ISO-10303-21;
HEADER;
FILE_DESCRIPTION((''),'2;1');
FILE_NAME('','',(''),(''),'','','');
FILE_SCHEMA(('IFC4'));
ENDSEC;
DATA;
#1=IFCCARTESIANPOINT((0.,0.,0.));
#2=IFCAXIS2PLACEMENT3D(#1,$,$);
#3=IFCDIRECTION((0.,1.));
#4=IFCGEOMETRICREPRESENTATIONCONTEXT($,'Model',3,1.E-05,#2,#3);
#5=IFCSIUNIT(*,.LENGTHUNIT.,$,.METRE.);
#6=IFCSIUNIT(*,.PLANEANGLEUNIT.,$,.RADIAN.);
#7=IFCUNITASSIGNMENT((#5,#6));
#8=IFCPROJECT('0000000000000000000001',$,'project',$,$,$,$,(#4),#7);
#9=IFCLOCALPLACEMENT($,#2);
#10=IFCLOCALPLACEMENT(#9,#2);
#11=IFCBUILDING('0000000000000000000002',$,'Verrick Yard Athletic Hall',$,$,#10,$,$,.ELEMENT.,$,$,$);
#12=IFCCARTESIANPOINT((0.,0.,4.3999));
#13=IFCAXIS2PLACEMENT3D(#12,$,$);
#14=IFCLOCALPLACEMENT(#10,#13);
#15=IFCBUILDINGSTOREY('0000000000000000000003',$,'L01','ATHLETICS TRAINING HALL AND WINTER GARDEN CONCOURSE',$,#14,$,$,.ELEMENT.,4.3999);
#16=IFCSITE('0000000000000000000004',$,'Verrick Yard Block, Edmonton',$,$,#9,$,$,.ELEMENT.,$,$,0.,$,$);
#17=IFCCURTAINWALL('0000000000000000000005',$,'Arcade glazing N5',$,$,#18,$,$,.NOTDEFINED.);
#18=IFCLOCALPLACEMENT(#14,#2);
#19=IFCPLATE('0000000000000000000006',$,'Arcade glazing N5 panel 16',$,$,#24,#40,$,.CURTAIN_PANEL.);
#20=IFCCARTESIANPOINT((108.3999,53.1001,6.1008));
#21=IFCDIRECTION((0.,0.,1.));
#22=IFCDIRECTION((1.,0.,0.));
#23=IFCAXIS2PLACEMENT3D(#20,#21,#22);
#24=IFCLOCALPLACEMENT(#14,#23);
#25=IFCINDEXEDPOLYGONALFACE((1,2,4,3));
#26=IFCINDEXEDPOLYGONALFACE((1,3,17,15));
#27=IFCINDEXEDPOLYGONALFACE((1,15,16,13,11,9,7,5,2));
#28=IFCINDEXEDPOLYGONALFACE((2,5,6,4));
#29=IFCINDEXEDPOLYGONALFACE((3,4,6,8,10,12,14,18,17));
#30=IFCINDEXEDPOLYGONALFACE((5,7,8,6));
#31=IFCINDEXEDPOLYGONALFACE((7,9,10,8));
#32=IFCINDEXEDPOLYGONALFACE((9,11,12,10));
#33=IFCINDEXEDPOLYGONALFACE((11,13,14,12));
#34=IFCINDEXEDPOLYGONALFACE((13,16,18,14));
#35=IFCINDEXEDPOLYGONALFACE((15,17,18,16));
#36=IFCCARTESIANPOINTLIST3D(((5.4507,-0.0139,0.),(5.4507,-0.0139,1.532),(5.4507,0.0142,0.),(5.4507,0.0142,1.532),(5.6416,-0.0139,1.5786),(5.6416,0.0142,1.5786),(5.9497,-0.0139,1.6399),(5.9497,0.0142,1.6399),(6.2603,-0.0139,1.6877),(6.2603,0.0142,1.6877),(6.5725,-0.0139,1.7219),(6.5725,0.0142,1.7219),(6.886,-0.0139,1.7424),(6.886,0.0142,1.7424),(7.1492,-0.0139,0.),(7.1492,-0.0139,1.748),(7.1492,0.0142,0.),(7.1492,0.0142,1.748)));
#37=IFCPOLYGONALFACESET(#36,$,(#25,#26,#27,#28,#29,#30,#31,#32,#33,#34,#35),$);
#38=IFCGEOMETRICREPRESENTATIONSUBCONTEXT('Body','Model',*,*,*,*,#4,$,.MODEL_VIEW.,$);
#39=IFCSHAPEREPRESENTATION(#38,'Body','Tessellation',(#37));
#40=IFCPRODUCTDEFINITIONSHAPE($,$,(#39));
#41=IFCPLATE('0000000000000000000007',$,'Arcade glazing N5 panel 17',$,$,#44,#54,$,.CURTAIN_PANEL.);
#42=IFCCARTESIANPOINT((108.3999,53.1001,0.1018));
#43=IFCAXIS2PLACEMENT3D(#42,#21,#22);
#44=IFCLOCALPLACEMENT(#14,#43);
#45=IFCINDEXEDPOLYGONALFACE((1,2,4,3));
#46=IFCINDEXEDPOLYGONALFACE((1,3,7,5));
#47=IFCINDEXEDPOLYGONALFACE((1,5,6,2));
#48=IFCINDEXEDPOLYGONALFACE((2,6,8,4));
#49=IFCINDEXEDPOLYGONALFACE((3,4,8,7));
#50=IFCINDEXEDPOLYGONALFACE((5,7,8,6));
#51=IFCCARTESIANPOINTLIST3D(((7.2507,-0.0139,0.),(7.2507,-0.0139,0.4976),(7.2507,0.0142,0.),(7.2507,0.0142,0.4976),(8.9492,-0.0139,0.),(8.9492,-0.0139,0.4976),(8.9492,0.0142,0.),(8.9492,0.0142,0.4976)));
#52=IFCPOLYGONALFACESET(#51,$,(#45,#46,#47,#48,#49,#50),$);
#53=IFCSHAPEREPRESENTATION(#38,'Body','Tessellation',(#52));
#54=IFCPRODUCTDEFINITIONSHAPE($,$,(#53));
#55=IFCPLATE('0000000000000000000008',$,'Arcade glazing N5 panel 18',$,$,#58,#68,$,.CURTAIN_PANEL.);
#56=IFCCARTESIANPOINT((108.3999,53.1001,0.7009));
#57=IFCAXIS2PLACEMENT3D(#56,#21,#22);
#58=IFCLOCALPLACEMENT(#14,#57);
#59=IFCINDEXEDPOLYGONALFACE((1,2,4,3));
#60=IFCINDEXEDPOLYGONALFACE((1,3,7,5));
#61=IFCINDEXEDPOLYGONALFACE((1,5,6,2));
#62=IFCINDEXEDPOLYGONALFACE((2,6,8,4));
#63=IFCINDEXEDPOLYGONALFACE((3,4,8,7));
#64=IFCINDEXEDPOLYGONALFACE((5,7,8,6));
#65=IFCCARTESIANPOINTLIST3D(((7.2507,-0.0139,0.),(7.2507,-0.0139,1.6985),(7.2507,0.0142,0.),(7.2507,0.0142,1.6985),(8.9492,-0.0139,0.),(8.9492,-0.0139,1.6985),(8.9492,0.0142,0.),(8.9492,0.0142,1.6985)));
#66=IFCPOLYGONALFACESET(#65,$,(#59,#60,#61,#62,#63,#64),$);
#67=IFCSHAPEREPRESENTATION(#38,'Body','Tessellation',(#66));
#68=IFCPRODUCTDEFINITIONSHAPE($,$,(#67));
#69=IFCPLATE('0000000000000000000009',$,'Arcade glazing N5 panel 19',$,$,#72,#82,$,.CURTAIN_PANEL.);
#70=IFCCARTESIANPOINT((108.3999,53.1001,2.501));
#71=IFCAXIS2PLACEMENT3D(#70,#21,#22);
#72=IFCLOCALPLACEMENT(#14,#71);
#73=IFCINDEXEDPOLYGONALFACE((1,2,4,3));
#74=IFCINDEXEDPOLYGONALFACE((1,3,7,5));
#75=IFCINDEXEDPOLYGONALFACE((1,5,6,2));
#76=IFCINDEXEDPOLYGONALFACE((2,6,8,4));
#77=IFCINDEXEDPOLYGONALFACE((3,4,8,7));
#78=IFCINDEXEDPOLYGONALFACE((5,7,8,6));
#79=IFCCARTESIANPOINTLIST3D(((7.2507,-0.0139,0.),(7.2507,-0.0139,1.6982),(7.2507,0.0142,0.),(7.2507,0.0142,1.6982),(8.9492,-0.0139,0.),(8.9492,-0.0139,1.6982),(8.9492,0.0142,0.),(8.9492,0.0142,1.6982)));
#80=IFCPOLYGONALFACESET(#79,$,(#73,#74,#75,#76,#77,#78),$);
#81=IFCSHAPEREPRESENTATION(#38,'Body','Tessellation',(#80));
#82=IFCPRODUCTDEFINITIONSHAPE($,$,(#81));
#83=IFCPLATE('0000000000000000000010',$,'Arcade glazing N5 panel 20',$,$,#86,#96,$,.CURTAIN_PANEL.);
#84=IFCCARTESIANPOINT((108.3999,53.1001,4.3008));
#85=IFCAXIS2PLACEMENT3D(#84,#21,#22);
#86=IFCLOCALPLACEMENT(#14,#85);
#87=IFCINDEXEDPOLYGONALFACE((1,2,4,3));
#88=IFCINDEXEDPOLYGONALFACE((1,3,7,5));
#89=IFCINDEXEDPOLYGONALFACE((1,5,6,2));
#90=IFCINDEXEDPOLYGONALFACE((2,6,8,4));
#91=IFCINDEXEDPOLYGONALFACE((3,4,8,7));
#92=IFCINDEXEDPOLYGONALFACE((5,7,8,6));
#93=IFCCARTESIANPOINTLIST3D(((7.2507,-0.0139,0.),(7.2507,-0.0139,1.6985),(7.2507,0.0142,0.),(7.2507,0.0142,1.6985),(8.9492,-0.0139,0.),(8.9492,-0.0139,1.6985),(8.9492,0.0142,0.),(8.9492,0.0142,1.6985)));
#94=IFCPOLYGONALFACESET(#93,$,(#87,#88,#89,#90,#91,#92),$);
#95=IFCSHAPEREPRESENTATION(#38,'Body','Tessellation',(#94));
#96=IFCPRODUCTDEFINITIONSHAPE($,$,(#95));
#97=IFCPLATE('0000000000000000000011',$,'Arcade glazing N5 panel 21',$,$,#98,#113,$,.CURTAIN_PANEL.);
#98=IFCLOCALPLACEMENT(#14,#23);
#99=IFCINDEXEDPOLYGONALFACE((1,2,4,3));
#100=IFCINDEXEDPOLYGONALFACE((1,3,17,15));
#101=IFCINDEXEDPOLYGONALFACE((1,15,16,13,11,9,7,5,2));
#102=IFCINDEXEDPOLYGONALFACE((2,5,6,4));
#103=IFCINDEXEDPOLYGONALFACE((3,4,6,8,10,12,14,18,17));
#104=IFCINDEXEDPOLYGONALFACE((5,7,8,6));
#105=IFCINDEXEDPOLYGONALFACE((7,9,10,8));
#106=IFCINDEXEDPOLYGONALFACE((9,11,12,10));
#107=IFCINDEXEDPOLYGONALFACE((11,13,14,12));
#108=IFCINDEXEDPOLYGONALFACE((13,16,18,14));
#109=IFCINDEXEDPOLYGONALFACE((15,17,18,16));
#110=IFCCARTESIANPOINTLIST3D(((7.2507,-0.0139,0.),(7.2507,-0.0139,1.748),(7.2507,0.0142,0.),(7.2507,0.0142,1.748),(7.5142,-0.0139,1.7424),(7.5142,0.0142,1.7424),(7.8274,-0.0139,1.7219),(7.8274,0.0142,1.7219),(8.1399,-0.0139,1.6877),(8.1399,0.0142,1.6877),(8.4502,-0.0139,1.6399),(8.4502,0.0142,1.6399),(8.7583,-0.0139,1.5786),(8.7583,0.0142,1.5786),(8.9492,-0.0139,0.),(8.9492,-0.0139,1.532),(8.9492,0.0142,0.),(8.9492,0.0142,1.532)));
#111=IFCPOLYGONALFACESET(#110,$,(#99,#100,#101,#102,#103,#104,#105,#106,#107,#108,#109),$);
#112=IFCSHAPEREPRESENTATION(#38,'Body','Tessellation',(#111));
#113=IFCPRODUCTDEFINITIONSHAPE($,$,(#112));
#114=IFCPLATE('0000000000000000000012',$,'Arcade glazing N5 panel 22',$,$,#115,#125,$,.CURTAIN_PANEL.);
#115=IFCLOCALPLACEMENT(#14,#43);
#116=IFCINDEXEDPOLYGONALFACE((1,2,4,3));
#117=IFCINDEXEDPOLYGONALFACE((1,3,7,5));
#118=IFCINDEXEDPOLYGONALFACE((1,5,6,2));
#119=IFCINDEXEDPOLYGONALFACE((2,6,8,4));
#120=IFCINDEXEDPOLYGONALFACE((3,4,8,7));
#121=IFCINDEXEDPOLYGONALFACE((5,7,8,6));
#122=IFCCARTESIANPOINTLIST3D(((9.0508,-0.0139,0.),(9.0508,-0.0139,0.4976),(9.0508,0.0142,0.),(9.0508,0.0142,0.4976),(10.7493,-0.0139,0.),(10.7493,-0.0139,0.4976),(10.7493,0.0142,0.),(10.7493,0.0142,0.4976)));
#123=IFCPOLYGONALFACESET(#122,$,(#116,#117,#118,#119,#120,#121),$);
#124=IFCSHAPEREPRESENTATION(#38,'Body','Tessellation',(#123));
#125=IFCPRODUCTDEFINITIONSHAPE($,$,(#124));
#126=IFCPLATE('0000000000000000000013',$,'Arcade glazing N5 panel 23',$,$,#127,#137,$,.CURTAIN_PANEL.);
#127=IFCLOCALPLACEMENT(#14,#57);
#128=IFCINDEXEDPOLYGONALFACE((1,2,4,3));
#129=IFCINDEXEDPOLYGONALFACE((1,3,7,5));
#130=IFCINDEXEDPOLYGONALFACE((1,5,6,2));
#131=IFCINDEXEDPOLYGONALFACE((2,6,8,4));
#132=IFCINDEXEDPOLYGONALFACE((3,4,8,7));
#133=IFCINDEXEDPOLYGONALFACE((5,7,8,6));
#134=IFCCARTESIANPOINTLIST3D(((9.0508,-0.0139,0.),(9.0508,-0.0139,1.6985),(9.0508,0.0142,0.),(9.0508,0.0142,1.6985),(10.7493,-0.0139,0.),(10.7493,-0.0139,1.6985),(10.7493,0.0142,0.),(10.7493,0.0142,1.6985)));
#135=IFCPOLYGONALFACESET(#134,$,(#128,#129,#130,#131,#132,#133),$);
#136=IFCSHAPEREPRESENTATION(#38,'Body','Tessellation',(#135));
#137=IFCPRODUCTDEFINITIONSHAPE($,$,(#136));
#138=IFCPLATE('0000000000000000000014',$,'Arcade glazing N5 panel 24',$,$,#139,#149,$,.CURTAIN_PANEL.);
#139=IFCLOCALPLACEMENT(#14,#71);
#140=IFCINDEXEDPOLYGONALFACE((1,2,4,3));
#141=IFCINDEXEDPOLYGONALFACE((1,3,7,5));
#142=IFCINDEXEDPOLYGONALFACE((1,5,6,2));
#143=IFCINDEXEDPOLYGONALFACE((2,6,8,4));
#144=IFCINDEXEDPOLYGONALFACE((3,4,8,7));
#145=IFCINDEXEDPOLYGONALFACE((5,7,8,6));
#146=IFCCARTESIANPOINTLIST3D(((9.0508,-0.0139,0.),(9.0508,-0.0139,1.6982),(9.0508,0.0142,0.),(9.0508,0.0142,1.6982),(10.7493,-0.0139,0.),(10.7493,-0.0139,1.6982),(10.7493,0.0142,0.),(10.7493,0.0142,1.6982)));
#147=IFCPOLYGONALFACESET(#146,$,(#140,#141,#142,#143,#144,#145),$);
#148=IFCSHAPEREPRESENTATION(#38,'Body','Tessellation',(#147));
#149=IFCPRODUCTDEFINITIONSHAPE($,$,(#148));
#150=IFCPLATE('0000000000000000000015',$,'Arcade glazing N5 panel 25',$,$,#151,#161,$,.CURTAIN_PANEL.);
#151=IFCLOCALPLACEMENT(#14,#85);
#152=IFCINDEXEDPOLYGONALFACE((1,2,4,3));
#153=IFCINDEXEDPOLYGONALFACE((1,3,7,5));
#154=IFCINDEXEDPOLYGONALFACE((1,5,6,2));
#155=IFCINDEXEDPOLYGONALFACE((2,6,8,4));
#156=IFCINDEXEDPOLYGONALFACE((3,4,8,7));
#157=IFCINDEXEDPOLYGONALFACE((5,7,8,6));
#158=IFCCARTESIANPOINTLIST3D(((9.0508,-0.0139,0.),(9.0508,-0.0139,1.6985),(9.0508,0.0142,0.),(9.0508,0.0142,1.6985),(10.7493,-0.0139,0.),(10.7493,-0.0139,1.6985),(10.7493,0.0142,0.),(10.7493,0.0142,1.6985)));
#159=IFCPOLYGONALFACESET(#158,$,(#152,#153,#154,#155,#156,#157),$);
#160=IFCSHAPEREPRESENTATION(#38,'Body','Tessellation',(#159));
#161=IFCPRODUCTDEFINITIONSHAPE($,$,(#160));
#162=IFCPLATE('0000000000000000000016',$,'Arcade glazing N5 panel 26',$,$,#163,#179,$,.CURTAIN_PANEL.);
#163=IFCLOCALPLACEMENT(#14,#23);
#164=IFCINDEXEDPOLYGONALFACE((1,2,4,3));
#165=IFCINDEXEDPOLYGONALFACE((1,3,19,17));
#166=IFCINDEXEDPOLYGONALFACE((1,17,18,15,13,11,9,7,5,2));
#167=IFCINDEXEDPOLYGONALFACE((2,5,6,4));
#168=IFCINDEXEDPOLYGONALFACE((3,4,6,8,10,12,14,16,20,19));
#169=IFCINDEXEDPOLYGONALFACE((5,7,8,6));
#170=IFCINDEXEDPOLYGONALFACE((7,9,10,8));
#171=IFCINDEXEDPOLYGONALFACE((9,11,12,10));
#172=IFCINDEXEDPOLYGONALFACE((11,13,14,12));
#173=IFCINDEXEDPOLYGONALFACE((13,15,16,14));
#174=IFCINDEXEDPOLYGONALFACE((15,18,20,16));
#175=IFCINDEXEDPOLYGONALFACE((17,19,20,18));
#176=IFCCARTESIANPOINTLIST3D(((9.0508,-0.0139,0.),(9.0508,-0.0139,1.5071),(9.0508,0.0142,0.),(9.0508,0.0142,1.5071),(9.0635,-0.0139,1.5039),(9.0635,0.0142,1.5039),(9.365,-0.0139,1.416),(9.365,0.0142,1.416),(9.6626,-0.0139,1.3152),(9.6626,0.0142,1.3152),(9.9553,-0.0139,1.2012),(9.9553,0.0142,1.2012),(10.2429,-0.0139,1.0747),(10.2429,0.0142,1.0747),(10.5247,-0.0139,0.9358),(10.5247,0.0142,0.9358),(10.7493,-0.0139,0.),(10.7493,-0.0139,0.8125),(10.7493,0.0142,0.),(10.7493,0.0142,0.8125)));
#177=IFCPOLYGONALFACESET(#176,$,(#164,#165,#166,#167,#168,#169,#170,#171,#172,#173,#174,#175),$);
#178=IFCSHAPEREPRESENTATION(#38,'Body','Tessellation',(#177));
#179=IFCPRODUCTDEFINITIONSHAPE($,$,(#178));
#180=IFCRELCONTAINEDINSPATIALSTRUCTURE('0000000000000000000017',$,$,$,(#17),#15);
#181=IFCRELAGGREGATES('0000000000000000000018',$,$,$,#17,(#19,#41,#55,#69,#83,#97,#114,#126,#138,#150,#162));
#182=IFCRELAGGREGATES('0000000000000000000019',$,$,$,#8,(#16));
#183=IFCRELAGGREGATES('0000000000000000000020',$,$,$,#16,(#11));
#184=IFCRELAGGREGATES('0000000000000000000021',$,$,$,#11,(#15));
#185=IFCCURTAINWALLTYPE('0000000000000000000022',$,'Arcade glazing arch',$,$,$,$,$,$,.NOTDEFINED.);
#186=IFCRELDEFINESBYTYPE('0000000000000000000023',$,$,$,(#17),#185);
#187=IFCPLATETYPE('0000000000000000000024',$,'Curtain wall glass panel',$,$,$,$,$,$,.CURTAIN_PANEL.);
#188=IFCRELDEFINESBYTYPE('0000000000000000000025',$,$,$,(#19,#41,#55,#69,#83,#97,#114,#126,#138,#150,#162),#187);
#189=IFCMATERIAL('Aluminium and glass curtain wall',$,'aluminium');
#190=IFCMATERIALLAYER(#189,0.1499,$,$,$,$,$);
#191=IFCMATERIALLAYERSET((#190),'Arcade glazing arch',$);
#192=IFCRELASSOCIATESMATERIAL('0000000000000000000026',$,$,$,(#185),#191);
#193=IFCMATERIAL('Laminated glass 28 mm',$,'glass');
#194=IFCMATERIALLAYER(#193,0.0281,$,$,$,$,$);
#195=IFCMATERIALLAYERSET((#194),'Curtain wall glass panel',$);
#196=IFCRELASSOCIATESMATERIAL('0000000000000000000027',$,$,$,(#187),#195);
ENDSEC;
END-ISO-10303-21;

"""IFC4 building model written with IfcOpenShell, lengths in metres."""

from ifc_helpers import new_model, si_unit, direction, frame, origin, place, context, subcontext, project, spatial, polyline, outline, extrude, material, layer, layer_set, type_object, element, aggregate, save


model = new_model("IFC4")

# Units and contexts
model_context = context("Model", 3, precision=1e-05, world=origin(), true_north=direction((0.0, 1.0)))
body_context = subcontext(model_context, "Body", "Model", "MODEL_VIEW")
ifc_project = project(units=[si_unit("LENGTHUNIT", "METRE"), si_unit("PLANEANGLEUNIT", "RADIAN")], contexts=[model_context])

# Site, building, storey
site_placement = place(None, origin())
site = spatial("IfcSite", under=ifc_project, at=site_placement, Name="Verrick Yard Block, Edmonton", CompositionType="ELEMENT", RefElevation=0.0)
building_placement = place(site_placement, origin())
building = spatial("IfcBuilding", under=site, at=building_placement, Name="Verrick Yard Athletic Hall", CompositionType="ELEMENT")
storey_placement = place(building_placement, frame((0.0, 0.0, 4.3999)))
storey = spatial("IfcBuildingStorey", under=building, at=storey_placement, Name="L01", Description="ATHLETICS TRAINING HALL AND WINTER GARDEN CONCOURSE", CompositionType="ELEMENT", Elevation=4.3999)

# Curtain wall, plates
ifc_material_1 = material(Name="Aluminium and glass curtain wall", Category="aluminium")
ifc_layer_1 = layer(ifc_material_1, 0.1499)
ifc_layer_set_1 = layer_set([ifc_layer_1], Name="Arcade glazing arch")
curtain_wall_type = type_object("IfcCurtainWallType", Name="Arcade glazing arch", PredefinedType="NOTDEFINED", material=ifc_layer_set_1)
curtain_wall_placement = place(storey_placement, origin())
curtain_wall = element("IfcCurtainWall", 1, at=curtain_wall_placement, inside=storey, type_object=curtain_wall_type, Name="Arcade glazing N5", PredefinedType="NOTDEFINED")
ifc_material_2 = material(Name="Laminated glass 28 mm", Category="glass")
ifc_layer_2 = layer(ifc_material_2, 0.0281)
ifc_layer_set_2 = layer_set([ifc_layer_2], Name="Curtain wall glass panel")
plate_type = type_object("IfcPlateType", Name="Curtain wall glass panel", PredefinedType="CURTAIN_PANEL", material=ifc_layer_set_2)
plate_1_placement = place(storey_placement, frame((108.3999, 53.1001, 6.1008), z_axis=(0.0, 0.0, 1.0), x_axis=(1.0, 0.0, 0.0)))
plate_1 = element("IfcPlate", 2, at=plate_1_placement, type_object=plate_type, Name="Arcade glazing N5 panel 16", PredefinedType="CURTAIN_PANEL", context=body_context, shape_type="SweptSolid", body=[
    extrude(outline(polyline([(7.1492, 1.748), (6.886, 1.7424), (6.5725, 1.7219), (6.2603, 1.6877), (5.9497, 1.6399), (5.6416, 1.5786), (5.4507, 1.532), (5.4507, 0.0), (7.1492, 0.0), (7.1492, 1.748)])), frame((0.0, 0.0142, 0.0), z_axis=(0.0, -1.0, 0.0), x_axis=(1.0, 0.0, 0.0)), (0.0, 0.0, 1.0), 0.0281),
])
plate_2_placement = place(storey_placement, frame((108.3999, 53.1001, 0.1018), z_axis=(0.0, 0.0, 1.0), x_axis=(1.0, 0.0, 0.0)))
plate_2 = element("IfcPlate", 3, at=plate_2_placement, type_object=plate_type, Name="Arcade glazing N5 panel 17", PredefinedType="CURTAIN_PANEL", context=body_context, shape_type="SweptSolid", body=[
    extrude(outline(polyline([(8.9492, 0.0), (8.9492, 0.4976), (7.2507, 0.4976), (7.2507, 0.0), (8.9492, 0.0)])), frame((0.0, 0.0142, 0.0), z_axis=(0.0, -1.0, 0.0), x_axis=(1.0, 0.0, 0.0)), (0.0, 0.0, 1.0), 0.0281),
])
plate_3_placement = place(storey_placement, frame((108.3999, 53.1001, 0.7009), z_axis=(0.0, 0.0, 1.0), x_axis=(1.0, 0.0, 0.0)))
plate_3 = element("IfcPlate", 4, at=plate_3_placement, type_object=plate_type, Name="Arcade glazing N5 panel 18", PredefinedType="CURTAIN_PANEL", context=body_context, shape_type="SweptSolid", body=[
    extrude(outline(polyline([(8.9492, 0.0), (8.9492, 1.6985), (7.2507, 1.6985), (7.2507, 0.0), (8.9492, 0.0)])), frame((0.0, 0.0142, 0.0), z_axis=(0.0, -1.0, 0.0), x_axis=(1.0, 0.0, 0.0)), (0.0, 0.0, 1.0), 0.0281),
])
plate_4_placement = place(storey_placement, frame((108.3999, 53.1001, 2.501), z_axis=(0.0, 0.0, 1.0), x_axis=(1.0, 0.0, 0.0)))
plate_4 = element("IfcPlate", 5, at=plate_4_placement, type_object=plate_type, Name="Arcade glazing N5 panel 19", PredefinedType="CURTAIN_PANEL", context=body_context, shape_type="SweptSolid", body=[
    extrude(outline(polyline([(8.9492, 0.0), (8.9492, 1.6982), (7.2507, 1.6982), (7.2507, 0.0), (8.9492, 0.0)])), frame((0.0, 0.0142, 0.0), z_axis=(0.0, -1.0, 0.0), x_axis=(1.0, 0.0, 0.0)), (0.0, 0.0, 1.0), 0.0281),
])
plate_5_placement = place(storey_placement, frame((108.3999, 53.1001, 4.3008), z_axis=(0.0, 0.0, 1.0), x_axis=(1.0, 0.0, 0.0)))
plate_5 = element("IfcPlate", 6, at=plate_5_placement, type_object=plate_type, Name="Arcade glazing N5 panel 20", PredefinedType="CURTAIN_PANEL", context=body_context, shape_type="SweptSolid", body=[
    extrude(outline(polyline([(8.9492, 0.0), (8.9492, 1.6985), (7.2507, 1.6985), (7.2507, 0.0), (8.9492, 0.0)])), frame((0.0, 0.0142, 0.0), z_axis=(0.0, -1.0, 0.0), x_axis=(1.0, 0.0, 0.0)), (0.0, 0.0, 1.0), 0.0281),
])
plate_6_placement = place(storey_placement, frame((108.3999, 53.1001, 6.1008), z_axis=(0.0, 0.0, 1.0), x_axis=(1.0, 0.0, 0.0)))
plate_6 = element("IfcPlate", 7, at=plate_6_placement, type_object=plate_type, Name="Arcade glazing N5 panel 21", PredefinedType="CURTAIN_PANEL", context=body_context, shape_type="SweptSolid", body=[
    extrude(outline(polyline([(8.9492, 1.532), (8.7583, 1.5786), (8.4502, 1.6399), (8.1399, 1.6877), (7.8274, 1.7219), (7.5142, 1.7424), (7.2507, 1.748), (7.2507, 0.0), (8.9492, 0.0), (8.9492, 1.532)])), frame((0.0, 0.0142, 0.0), z_axis=(0.0, -1.0, 0.0), x_axis=(1.0, 0.0, 0.0)), (0.0, 0.0, 1.0), 0.0281),
])
plate_7_placement = place(storey_placement, frame((108.3999, 53.1001, 0.1018), z_axis=(0.0, 0.0, 1.0), x_axis=(1.0, 0.0, 0.0)))
plate_7 = element("IfcPlate", 8, at=plate_7_placement, type_object=plate_type, Name="Arcade glazing N5 panel 22", PredefinedType="CURTAIN_PANEL", context=body_context, shape_type="SweptSolid", body=[
    extrude(outline(polyline([(10.7493, 0.0), (10.7493, 0.4976), (9.0508, 0.4976), (9.0508, 0.0), (10.7493, 0.0)])), frame((0.0, 0.0142, 0.0), z_axis=(0.0, -1.0, 0.0), x_axis=(1.0, 0.0, 0.0)), (0.0, 0.0, 1.0), 0.0281),
])
plate_8_placement = place(storey_placement, frame((108.3999, 53.1001, 0.7009), z_axis=(0.0, 0.0, 1.0), x_axis=(1.0, 0.0, 0.0)))
plate_8 = element("IfcPlate", 9, at=plate_8_placement, type_object=plate_type, Name="Arcade glazing N5 panel 23", PredefinedType="CURTAIN_PANEL", context=body_context, shape_type="SweptSolid", body=[
    extrude(outline(polyline([(10.7493, 0.0), (10.7493, 1.6985), (9.0508, 1.6985), (9.0508, 0.0), (10.7493, 0.0)])), frame((0.0, 0.0142, 0.0), z_axis=(0.0, -1.0, 0.0), x_axis=(1.0, 0.0, 0.0)), (0.0, 0.0, 1.0), 0.0281),
])
plate_9_placement = place(storey_placement, frame((108.3999, 53.1001, 2.501), z_axis=(0.0, 0.0, 1.0), x_axis=(1.0, 0.0, 0.0)))
plate_9 = element("IfcPlate", 10, at=plate_9_placement, type_object=plate_type, Name="Arcade glazing N5 panel 24", PredefinedType="CURTAIN_PANEL", context=body_context, shape_type="SweptSolid", body=[
    extrude(outline(polyline([(10.7493, 0.0), (10.7493, 1.6982), (9.0508, 1.6982), (9.0508, 0.0), (10.7493, 0.0)])), frame((0.0, 0.0142, 0.0), z_axis=(0.0, -1.0, 0.0), x_axis=(1.0, 0.0, 0.0)), (0.0, 0.0, 1.0), 0.0281),
])
plate_10_placement = place(storey_placement, frame((108.3999, 53.1001, 4.3008), z_axis=(0.0, 0.0, 1.0), x_axis=(1.0, 0.0, 0.0)))
plate_10 = element("IfcPlate", 11, at=plate_10_placement, type_object=plate_type, Name="Arcade glazing N5 panel 25", PredefinedType="CURTAIN_PANEL", context=body_context, shape_type="SweptSolid", body=[
    extrude(outline(polyline([(10.7493, 0.0), (10.7493, 1.6985), (9.0508, 1.6985), (9.0508, 0.0), (10.7493, 0.0)])), frame((0.0, 0.0142, 0.0), z_axis=(0.0, -1.0, 0.0), x_axis=(1.0, 0.0, 0.0)), (0.0, 0.0, 1.0), 0.0281),
])
plate_11_placement = place(storey_placement, frame((108.3999, 53.1001, 6.1008), z_axis=(0.0, 0.0, 1.0), x_axis=(1.0, 0.0, 0.0)))
plate_11 = element("IfcPlate", 12, at=plate_11_placement, type_object=plate_type, Name="Arcade glazing N5 panel 26", PredefinedType="CURTAIN_PANEL", context=body_context, shape_type="SweptSolid", body=[
    extrude(outline(polyline([(10.7493, 0.8125), (10.5247, 0.9358), (10.2429, 1.0747), (9.9553, 1.2012), (9.6626, 1.3152), (9.365, 1.416), (9.0635, 1.5039), (9.0508, 1.5071), (9.0508, 0.0), (10.7493, 0.0), (10.7493, 0.8125)])), frame((0.0, 0.0142, 0.0), z_axis=(0.0, -1.0, 0.0), x_axis=(1.0, 0.0, 0.0)), (0.0, 0.0, 1.0), 0.0281),
])
aggregate(curtain_wall, [plate_1, plate_2, plate_3, plate_4, plate_5, plate_6, plate_7, plate_8, plate_9, plate_10, plate_11])

save(model, "model.ifc")
